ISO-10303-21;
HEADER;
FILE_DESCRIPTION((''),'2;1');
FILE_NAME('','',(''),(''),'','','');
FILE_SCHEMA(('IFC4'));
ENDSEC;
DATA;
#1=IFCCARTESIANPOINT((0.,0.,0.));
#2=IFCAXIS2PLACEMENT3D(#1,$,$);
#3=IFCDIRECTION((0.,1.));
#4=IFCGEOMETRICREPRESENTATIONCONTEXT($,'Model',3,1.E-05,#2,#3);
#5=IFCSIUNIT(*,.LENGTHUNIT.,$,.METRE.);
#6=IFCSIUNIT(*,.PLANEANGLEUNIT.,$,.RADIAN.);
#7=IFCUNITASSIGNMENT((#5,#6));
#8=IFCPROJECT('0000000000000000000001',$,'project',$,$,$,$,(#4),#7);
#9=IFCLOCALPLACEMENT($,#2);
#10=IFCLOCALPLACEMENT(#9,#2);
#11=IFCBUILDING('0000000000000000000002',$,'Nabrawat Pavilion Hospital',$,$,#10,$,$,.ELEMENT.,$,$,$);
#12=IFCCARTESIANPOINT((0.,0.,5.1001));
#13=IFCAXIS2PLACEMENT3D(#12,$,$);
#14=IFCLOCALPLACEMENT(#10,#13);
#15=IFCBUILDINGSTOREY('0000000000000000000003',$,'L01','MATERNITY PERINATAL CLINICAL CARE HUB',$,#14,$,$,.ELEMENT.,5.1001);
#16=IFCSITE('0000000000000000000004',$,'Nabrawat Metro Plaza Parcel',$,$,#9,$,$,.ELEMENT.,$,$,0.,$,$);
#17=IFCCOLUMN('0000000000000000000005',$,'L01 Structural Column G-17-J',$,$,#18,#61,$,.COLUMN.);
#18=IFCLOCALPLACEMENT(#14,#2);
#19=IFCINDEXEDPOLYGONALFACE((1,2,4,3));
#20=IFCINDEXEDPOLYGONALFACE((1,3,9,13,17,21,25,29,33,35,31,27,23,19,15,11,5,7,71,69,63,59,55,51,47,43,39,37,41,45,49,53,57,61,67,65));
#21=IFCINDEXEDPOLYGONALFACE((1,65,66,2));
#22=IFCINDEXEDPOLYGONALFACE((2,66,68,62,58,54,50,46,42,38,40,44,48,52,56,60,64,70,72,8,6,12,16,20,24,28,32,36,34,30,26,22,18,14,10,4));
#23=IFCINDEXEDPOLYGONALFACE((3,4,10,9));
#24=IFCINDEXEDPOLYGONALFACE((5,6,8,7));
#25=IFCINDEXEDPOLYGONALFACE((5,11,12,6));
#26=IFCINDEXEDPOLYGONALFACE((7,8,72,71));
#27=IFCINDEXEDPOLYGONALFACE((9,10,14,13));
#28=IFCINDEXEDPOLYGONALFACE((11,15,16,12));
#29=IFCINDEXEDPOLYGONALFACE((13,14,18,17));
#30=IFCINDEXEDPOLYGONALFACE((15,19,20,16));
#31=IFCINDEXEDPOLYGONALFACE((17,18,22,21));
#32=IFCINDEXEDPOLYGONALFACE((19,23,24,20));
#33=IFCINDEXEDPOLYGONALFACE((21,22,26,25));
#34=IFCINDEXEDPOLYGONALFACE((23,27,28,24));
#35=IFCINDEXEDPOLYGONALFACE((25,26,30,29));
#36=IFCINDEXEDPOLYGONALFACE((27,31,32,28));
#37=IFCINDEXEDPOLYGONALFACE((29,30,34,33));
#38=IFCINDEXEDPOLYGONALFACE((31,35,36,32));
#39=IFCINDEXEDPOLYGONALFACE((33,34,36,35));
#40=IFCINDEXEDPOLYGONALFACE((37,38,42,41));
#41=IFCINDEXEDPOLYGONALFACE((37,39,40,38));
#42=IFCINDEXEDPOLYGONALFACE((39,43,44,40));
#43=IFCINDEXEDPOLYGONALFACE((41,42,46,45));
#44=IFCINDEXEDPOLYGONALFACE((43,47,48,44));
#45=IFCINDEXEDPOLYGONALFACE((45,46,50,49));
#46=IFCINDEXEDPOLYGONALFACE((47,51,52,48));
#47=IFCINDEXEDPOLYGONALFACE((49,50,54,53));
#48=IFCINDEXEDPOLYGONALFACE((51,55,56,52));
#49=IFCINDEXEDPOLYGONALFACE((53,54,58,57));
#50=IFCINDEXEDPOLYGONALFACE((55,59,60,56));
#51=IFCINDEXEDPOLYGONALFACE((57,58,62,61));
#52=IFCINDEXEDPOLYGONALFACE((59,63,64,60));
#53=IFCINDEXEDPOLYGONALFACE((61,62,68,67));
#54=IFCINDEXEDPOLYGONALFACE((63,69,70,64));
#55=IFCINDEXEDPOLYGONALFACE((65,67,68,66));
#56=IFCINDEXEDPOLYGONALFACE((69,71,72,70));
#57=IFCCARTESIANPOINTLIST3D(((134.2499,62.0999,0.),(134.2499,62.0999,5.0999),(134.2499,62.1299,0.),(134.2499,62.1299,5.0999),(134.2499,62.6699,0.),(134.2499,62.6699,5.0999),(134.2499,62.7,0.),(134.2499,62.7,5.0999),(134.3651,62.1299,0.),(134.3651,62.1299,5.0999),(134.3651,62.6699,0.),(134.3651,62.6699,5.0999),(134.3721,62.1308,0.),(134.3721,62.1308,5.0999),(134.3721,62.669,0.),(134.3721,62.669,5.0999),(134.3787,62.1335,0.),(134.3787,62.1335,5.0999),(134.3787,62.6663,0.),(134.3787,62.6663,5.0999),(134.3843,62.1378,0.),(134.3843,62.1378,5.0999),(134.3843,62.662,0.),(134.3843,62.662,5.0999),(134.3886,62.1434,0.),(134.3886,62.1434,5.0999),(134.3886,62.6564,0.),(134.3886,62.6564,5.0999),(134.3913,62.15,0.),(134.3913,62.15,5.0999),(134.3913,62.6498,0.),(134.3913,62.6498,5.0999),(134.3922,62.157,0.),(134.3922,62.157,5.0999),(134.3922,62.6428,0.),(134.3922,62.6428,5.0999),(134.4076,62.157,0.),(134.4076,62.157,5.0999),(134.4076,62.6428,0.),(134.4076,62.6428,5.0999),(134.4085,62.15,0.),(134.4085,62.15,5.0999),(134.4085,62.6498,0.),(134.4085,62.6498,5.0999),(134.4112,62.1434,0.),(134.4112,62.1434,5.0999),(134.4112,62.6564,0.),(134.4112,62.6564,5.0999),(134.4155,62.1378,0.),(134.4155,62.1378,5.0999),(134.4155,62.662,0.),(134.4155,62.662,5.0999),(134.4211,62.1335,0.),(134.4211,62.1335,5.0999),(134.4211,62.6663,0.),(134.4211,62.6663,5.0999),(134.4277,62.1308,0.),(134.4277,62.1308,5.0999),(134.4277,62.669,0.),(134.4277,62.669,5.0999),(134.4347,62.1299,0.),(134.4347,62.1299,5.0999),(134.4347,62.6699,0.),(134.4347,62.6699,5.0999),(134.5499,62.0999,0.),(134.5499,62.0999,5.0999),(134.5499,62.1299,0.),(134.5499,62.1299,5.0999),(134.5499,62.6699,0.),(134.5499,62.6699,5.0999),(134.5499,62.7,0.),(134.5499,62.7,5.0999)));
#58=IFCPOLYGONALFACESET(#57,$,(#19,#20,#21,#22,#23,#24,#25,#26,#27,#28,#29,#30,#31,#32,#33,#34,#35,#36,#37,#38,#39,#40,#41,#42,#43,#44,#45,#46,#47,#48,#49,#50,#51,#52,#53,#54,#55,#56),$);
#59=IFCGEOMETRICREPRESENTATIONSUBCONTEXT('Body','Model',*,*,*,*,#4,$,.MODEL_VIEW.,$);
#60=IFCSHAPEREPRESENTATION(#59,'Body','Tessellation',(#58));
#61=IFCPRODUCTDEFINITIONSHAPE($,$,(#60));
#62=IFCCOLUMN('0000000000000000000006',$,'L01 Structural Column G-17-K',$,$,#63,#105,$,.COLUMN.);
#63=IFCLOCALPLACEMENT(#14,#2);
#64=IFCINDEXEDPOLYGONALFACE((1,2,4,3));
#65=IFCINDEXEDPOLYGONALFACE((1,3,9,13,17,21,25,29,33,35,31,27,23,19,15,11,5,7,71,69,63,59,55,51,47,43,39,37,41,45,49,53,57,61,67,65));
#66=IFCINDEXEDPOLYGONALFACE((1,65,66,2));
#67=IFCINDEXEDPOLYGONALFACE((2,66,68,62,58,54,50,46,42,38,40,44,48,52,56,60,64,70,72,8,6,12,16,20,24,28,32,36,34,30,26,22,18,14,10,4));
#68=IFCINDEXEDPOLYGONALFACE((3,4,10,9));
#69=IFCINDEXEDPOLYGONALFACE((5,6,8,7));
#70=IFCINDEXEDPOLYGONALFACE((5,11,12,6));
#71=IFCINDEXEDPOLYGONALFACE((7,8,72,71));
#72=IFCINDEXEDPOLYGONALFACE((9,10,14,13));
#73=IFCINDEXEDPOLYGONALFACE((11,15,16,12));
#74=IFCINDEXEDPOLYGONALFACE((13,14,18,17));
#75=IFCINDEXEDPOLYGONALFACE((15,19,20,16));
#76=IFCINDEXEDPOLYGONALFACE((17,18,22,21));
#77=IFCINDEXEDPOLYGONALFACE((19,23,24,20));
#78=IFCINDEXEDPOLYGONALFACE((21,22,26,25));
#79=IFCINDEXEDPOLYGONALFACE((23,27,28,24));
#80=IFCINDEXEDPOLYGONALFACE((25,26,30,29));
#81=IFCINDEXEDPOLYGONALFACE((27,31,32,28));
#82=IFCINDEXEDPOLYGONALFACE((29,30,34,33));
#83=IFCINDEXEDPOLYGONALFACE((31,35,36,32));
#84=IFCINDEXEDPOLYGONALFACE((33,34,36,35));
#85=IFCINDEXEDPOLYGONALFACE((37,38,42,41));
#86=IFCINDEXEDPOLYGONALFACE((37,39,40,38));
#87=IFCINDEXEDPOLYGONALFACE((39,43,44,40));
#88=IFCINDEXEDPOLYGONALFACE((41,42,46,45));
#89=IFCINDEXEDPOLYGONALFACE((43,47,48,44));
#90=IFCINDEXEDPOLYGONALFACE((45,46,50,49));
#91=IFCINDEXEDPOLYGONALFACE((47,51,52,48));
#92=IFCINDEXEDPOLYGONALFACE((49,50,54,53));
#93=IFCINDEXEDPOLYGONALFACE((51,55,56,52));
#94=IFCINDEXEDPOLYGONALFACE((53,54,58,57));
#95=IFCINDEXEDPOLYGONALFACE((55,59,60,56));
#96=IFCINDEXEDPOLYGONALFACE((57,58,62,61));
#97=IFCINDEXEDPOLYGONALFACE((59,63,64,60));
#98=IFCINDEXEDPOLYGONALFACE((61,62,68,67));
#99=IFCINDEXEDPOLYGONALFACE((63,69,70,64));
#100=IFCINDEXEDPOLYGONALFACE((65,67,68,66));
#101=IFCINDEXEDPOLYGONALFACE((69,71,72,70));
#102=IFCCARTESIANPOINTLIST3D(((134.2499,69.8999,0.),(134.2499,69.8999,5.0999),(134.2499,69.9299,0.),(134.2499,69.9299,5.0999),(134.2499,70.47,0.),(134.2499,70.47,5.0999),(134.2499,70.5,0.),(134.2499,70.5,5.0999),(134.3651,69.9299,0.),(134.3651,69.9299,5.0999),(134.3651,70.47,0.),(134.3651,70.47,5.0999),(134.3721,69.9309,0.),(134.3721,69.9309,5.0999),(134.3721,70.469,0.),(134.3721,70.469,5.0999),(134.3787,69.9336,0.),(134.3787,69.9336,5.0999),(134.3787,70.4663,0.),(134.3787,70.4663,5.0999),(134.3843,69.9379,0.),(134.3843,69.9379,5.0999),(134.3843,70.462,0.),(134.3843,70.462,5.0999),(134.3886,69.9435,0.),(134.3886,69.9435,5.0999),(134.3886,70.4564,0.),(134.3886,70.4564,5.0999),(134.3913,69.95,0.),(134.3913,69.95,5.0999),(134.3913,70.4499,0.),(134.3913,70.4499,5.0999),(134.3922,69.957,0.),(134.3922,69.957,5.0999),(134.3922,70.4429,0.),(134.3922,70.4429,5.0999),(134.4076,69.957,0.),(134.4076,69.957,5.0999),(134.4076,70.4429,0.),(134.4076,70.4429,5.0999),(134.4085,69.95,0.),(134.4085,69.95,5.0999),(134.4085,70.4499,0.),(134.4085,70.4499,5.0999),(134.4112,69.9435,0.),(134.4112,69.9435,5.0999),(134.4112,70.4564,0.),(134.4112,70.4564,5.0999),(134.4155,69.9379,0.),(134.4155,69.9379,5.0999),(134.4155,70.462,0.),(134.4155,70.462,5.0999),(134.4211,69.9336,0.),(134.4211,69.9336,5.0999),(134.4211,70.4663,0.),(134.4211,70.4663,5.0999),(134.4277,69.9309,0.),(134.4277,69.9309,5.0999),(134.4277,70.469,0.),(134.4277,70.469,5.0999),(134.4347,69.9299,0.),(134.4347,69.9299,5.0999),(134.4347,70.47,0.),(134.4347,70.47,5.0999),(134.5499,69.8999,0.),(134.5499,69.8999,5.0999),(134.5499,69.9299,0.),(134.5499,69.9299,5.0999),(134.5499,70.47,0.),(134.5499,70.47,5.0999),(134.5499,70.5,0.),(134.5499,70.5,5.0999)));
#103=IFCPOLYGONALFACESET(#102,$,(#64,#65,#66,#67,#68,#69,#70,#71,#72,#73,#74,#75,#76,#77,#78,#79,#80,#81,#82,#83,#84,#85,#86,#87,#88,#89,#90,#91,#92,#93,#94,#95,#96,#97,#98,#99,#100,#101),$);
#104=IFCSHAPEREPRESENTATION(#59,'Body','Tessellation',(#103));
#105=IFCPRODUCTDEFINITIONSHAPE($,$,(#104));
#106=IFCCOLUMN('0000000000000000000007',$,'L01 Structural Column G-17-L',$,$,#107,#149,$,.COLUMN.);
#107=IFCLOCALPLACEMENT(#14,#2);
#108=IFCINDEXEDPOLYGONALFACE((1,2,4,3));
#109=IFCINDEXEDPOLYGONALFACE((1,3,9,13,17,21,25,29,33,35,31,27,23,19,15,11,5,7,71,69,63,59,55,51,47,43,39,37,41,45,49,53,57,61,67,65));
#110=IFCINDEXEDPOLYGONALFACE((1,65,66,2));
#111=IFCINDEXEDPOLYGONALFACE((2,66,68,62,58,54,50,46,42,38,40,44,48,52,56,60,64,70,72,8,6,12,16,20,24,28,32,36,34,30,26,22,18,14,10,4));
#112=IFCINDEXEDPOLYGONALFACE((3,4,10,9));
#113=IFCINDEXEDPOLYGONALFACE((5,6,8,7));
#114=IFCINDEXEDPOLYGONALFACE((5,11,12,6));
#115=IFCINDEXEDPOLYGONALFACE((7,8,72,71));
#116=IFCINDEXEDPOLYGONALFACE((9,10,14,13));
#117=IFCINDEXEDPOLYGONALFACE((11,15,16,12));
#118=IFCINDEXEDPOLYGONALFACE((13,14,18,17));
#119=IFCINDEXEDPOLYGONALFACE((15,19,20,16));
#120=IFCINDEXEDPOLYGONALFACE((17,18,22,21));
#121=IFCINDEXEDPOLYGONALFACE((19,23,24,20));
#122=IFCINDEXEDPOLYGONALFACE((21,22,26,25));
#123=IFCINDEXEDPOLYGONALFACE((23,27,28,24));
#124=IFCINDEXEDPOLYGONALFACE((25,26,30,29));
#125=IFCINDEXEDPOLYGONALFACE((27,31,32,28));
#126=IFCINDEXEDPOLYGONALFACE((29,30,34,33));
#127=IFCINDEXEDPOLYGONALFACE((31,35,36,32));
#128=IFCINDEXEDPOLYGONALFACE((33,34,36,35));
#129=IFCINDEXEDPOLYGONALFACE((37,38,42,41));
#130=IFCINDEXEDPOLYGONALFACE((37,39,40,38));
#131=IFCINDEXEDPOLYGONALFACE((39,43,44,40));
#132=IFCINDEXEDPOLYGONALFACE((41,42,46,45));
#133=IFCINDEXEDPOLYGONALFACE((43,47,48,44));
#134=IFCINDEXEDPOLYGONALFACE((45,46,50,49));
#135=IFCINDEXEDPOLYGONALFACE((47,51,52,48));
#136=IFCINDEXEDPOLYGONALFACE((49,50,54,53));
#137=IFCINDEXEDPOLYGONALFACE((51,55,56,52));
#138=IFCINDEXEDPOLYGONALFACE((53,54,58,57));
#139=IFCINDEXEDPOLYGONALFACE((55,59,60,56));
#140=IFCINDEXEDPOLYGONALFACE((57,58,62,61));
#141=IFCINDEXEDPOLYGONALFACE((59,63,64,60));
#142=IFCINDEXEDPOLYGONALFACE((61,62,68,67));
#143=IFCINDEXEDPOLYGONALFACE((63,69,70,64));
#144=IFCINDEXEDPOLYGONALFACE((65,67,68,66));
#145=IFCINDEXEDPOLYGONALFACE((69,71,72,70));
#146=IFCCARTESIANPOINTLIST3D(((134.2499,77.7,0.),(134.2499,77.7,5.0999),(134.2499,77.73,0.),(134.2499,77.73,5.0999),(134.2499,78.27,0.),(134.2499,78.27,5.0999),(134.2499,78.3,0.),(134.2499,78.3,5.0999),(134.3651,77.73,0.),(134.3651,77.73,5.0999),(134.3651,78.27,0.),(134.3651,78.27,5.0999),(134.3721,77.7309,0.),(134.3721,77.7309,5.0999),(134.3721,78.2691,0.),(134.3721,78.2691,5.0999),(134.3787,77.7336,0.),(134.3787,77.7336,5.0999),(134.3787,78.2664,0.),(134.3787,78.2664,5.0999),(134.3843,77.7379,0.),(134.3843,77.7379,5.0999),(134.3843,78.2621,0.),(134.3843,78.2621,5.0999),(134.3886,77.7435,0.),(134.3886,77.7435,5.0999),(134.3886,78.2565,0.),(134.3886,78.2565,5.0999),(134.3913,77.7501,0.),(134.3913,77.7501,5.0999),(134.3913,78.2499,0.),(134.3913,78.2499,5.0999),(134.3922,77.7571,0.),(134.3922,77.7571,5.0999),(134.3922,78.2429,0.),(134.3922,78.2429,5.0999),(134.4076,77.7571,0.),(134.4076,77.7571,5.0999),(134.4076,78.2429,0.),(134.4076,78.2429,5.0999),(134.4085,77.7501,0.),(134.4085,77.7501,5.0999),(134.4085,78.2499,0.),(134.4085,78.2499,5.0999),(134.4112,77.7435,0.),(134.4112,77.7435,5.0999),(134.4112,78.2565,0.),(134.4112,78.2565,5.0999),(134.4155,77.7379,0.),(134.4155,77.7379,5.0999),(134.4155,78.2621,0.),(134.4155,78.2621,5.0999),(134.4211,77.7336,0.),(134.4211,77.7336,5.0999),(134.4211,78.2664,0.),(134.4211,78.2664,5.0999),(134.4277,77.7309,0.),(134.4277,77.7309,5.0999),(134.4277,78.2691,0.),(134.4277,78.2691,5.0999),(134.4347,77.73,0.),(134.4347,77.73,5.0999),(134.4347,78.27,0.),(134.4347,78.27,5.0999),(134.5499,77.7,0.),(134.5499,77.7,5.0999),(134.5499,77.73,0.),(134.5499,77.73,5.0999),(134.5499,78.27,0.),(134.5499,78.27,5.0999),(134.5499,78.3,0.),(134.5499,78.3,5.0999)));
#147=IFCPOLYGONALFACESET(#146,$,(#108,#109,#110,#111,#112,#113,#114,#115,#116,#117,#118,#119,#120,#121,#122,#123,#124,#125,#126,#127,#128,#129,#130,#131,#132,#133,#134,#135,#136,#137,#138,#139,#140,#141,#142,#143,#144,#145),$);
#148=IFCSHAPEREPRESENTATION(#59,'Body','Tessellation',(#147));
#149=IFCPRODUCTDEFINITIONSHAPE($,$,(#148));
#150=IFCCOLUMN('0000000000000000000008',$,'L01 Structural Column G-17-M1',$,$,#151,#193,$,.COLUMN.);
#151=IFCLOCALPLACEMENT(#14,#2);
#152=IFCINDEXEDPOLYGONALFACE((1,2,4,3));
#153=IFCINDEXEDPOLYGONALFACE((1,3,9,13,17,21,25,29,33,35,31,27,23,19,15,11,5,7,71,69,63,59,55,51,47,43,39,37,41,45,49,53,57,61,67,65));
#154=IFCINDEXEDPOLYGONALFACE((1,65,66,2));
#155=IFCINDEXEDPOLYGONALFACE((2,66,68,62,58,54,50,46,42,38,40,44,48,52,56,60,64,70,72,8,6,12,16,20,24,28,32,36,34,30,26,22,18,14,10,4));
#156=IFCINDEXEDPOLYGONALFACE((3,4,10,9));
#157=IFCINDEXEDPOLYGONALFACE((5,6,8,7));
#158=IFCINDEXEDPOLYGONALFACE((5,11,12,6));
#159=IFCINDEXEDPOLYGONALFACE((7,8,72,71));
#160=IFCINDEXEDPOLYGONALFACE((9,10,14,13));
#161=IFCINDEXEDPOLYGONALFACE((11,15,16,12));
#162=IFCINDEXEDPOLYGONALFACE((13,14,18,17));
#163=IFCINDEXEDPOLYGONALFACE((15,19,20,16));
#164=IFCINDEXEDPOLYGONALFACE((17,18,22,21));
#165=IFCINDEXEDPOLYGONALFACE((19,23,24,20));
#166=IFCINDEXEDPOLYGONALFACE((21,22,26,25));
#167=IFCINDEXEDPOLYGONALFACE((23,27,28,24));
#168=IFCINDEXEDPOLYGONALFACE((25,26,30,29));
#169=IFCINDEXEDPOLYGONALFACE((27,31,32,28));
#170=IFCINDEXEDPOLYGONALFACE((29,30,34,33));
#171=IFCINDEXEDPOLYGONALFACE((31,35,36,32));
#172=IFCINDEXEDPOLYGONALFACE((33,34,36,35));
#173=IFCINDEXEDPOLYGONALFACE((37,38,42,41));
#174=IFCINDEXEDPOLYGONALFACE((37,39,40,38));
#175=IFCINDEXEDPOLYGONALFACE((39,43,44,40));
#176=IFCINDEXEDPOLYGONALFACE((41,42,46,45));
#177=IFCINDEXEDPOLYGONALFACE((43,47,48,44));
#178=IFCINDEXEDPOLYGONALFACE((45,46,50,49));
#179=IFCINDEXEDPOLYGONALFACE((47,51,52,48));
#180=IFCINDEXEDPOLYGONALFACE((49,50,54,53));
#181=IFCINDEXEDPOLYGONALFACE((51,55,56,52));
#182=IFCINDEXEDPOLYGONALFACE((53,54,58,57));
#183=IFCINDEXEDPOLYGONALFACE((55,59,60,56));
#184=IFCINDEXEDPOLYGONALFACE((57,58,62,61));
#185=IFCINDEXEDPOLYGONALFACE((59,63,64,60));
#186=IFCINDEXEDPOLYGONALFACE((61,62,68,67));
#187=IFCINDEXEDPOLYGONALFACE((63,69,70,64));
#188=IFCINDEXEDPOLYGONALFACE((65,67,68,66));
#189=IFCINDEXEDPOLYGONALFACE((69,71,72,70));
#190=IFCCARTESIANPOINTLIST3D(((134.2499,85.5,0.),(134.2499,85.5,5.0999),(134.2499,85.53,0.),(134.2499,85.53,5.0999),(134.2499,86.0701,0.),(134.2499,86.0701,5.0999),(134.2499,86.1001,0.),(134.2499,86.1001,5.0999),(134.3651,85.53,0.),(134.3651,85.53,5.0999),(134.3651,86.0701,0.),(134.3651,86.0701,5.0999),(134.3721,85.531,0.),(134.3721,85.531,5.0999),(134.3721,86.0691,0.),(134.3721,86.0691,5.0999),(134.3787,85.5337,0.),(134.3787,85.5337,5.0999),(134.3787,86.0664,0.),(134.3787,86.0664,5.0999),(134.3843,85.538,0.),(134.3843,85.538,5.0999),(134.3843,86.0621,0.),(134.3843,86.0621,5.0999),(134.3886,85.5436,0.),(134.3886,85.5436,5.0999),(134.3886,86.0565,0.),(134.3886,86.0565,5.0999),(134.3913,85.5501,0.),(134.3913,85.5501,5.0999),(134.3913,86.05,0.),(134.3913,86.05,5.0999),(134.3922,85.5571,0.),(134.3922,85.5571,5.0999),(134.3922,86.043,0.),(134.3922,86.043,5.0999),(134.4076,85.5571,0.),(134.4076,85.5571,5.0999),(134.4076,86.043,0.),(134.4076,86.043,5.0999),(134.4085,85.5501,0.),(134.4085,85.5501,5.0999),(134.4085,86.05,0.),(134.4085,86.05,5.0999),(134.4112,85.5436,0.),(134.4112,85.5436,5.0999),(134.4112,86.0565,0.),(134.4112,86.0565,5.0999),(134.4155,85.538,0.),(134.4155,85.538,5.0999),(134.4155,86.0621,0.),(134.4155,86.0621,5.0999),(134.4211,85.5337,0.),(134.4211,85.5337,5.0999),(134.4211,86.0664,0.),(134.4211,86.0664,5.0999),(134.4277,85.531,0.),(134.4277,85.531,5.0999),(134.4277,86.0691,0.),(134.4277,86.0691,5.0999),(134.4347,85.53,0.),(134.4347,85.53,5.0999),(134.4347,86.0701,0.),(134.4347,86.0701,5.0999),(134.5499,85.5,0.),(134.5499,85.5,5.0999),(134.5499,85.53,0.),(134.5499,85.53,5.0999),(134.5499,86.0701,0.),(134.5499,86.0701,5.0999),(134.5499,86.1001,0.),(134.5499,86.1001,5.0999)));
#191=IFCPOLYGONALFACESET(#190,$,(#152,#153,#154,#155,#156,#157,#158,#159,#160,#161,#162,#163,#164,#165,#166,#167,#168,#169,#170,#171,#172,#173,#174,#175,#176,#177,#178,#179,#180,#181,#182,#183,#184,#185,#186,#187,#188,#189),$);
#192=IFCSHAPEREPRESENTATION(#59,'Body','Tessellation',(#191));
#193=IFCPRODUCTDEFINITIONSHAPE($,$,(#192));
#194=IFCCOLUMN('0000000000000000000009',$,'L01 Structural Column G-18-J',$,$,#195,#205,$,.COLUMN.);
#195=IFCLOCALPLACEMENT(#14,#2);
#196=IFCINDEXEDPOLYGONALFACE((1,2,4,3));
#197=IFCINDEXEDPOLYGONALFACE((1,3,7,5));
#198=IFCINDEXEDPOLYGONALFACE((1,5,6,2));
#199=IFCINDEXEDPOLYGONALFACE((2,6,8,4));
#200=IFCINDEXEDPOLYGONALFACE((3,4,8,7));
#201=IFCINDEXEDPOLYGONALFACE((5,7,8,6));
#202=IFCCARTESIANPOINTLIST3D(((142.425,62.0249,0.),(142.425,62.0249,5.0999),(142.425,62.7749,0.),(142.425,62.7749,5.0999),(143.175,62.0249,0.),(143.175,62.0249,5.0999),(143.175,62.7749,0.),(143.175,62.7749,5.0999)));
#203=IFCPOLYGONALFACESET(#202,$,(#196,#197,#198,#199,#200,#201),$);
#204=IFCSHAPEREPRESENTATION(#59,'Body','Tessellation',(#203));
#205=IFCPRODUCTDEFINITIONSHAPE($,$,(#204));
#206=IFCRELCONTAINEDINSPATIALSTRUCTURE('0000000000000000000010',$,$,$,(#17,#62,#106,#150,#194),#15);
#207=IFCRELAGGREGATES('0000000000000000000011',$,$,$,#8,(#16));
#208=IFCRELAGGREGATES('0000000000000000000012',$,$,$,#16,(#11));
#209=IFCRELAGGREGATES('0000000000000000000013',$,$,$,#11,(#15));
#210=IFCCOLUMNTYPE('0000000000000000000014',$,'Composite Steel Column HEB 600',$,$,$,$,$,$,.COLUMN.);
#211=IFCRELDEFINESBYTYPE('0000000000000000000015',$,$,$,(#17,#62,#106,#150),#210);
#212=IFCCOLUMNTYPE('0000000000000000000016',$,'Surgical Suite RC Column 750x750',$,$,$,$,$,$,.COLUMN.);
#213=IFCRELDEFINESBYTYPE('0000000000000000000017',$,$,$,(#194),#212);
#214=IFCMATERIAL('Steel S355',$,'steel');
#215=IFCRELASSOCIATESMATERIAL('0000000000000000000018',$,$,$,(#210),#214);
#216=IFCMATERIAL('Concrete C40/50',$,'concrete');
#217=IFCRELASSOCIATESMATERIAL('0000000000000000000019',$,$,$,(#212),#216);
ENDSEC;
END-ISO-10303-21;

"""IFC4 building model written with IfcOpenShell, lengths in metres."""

from ifc_helpers import new_model, si_unit, direction, frame, origin, origin_2d, place, context, subcontext, project, spatial, rectangle, i_section, extrude, material, material_profile, profile_set, type_object, element, save


model = new_model("IFC4")

# Units and contexts
model_context = context("Model", 3, precision=1e-05, world=origin(), true_north=direction((0.0, 1.0)))
body_context = subcontext(model_context, "Body", "Model", "MODEL_VIEW")
ifc_project = project(units=[si_unit("LENGTHUNIT", "METRE"), si_unit("PLANEANGLEUNIT", "RADIAN")], contexts=[model_context])

# Site, building, storey
site_placement = place(None, origin())
site = spatial("IfcSite", under=ifc_project, at=site_placement, Name="Nabrawat Metro Plaza Parcel", CompositionType="ELEMENT", RefElevation=0.0)
building_placement = place(site_placement, origin())
building = spatial("IfcBuilding", under=site, at=building_placement, Name="Nabrawat Pavilion Hospital", CompositionType="ELEMENT")
storey_placement = place(building_placement, frame((0.0, 0.0, 5.1001)))
storey = spatial("IfcBuildingStorey", under=building, at=storey_placement, Name="L01", Description="MATERNITY PERINATAL CLINICAL CARE HUB", CompositionType="ELEMENT", Elevation=5.1001)

# Columns
ifc_material_1 = material(Name="Steel S355", Category="steel")
ifc_material_profile_1 = material_profile(ifc_material_1, i_section(OverallWidth=0.3, OverallDepth=0.6001, WebThickness=0.0154, FlangeThickness=0.03, FilletRadius=0.0271, at=origin_2d()), Name="HEB 600")
ifc_profile_set_1 = profile_set([ifc_material_profile_1], Name="Steel S355")
column_type_1 = type_object("IfcColumnType", Name="Composite Steel Column HEB 600", PredefinedType="COLUMN", material=ifc_profile_set_1)
for number, where, z_axis, x_axis, name in (
    (1, (134.3999, 62.3999, 0.0), (0.0, 0.0, 1.0), (1.0, 0.0, 0.0), "L01 Structural Column G-17-J"),
    (2, (134.3999, 70.2, 0.0), (0.0, 0.0, 1.0), (1.0, 0.0, 0.0), "L01 Structural Column G-17-K"),
    (3, (134.3999, 78.0, 0.0), (0.0, 0.0, 1.0), (1.0, 0.0, 0.0), "L01 Structural Column G-17-L"),
    (4, (134.3999, 85.8, 0.0), (0.0, 0.0, 1.0), (1.0, 0.0, 0.0), "L01 Structural Column G-17-M1"),
):
    element("IfcColumn", number, at=place(storey_placement, frame(where, z_axis=z_axis, x_axis=x_axis)), inside=storey, type_object=column_type_1, Name=name, PredefinedType="COLUMN", context=body_context, shape_type="SweptSolid", body=[
        extrude(i_section(OverallWidth=0.3, OverallDepth=0.6001, WebThickness=0.0154, FlangeThickness=0.03, FilletRadius=0.0271, at=origin_2d()), origin(), (0.0, 0.0, 1.0), 5.0999),
    ])
ifc_material_2 = material(Name="Concrete C40/50", Category="concrete")
ifc_material_profile_2 = material_profile(ifc_material_2, rectangle(XDim=0.75, YDim=0.75, at=origin_2d()), Name="RC 750x750")
ifc_profile_set_2 = profile_set([ifc_material_profile_2], Name="Concrete C40/50")
column_type_2 = type_object("IfcColumnType", Name="Surgical Suite RC Column 750x750", PredefinedType="COLUMN", material=ifc_profile_set_2)
for number, where, z_axis, x_axis, name in (
    (5, (142.8, 62.3999, 0.0), (0.0, 0.0, 1.0), (1.0, 0.0, 0.0), "L01 Structural Column G-18-J"),
):
    element("IfcColumn", number, at=place(storey_placement, frame(where, z_axis=z_axis, x_axis=x_axis)), inside=storey, type_object=column_type_2, Name=name, PredefinedType="COLUMN", context=body_context, shape_type="SweptSolid", body=[
        extrude(rectangle(XDim=0.75, YDim=0.75, at=origin_2d()), origin(), (0.0, 0.0, 1.0), 5.0999),
    ])

save(model, "model.ifc")
